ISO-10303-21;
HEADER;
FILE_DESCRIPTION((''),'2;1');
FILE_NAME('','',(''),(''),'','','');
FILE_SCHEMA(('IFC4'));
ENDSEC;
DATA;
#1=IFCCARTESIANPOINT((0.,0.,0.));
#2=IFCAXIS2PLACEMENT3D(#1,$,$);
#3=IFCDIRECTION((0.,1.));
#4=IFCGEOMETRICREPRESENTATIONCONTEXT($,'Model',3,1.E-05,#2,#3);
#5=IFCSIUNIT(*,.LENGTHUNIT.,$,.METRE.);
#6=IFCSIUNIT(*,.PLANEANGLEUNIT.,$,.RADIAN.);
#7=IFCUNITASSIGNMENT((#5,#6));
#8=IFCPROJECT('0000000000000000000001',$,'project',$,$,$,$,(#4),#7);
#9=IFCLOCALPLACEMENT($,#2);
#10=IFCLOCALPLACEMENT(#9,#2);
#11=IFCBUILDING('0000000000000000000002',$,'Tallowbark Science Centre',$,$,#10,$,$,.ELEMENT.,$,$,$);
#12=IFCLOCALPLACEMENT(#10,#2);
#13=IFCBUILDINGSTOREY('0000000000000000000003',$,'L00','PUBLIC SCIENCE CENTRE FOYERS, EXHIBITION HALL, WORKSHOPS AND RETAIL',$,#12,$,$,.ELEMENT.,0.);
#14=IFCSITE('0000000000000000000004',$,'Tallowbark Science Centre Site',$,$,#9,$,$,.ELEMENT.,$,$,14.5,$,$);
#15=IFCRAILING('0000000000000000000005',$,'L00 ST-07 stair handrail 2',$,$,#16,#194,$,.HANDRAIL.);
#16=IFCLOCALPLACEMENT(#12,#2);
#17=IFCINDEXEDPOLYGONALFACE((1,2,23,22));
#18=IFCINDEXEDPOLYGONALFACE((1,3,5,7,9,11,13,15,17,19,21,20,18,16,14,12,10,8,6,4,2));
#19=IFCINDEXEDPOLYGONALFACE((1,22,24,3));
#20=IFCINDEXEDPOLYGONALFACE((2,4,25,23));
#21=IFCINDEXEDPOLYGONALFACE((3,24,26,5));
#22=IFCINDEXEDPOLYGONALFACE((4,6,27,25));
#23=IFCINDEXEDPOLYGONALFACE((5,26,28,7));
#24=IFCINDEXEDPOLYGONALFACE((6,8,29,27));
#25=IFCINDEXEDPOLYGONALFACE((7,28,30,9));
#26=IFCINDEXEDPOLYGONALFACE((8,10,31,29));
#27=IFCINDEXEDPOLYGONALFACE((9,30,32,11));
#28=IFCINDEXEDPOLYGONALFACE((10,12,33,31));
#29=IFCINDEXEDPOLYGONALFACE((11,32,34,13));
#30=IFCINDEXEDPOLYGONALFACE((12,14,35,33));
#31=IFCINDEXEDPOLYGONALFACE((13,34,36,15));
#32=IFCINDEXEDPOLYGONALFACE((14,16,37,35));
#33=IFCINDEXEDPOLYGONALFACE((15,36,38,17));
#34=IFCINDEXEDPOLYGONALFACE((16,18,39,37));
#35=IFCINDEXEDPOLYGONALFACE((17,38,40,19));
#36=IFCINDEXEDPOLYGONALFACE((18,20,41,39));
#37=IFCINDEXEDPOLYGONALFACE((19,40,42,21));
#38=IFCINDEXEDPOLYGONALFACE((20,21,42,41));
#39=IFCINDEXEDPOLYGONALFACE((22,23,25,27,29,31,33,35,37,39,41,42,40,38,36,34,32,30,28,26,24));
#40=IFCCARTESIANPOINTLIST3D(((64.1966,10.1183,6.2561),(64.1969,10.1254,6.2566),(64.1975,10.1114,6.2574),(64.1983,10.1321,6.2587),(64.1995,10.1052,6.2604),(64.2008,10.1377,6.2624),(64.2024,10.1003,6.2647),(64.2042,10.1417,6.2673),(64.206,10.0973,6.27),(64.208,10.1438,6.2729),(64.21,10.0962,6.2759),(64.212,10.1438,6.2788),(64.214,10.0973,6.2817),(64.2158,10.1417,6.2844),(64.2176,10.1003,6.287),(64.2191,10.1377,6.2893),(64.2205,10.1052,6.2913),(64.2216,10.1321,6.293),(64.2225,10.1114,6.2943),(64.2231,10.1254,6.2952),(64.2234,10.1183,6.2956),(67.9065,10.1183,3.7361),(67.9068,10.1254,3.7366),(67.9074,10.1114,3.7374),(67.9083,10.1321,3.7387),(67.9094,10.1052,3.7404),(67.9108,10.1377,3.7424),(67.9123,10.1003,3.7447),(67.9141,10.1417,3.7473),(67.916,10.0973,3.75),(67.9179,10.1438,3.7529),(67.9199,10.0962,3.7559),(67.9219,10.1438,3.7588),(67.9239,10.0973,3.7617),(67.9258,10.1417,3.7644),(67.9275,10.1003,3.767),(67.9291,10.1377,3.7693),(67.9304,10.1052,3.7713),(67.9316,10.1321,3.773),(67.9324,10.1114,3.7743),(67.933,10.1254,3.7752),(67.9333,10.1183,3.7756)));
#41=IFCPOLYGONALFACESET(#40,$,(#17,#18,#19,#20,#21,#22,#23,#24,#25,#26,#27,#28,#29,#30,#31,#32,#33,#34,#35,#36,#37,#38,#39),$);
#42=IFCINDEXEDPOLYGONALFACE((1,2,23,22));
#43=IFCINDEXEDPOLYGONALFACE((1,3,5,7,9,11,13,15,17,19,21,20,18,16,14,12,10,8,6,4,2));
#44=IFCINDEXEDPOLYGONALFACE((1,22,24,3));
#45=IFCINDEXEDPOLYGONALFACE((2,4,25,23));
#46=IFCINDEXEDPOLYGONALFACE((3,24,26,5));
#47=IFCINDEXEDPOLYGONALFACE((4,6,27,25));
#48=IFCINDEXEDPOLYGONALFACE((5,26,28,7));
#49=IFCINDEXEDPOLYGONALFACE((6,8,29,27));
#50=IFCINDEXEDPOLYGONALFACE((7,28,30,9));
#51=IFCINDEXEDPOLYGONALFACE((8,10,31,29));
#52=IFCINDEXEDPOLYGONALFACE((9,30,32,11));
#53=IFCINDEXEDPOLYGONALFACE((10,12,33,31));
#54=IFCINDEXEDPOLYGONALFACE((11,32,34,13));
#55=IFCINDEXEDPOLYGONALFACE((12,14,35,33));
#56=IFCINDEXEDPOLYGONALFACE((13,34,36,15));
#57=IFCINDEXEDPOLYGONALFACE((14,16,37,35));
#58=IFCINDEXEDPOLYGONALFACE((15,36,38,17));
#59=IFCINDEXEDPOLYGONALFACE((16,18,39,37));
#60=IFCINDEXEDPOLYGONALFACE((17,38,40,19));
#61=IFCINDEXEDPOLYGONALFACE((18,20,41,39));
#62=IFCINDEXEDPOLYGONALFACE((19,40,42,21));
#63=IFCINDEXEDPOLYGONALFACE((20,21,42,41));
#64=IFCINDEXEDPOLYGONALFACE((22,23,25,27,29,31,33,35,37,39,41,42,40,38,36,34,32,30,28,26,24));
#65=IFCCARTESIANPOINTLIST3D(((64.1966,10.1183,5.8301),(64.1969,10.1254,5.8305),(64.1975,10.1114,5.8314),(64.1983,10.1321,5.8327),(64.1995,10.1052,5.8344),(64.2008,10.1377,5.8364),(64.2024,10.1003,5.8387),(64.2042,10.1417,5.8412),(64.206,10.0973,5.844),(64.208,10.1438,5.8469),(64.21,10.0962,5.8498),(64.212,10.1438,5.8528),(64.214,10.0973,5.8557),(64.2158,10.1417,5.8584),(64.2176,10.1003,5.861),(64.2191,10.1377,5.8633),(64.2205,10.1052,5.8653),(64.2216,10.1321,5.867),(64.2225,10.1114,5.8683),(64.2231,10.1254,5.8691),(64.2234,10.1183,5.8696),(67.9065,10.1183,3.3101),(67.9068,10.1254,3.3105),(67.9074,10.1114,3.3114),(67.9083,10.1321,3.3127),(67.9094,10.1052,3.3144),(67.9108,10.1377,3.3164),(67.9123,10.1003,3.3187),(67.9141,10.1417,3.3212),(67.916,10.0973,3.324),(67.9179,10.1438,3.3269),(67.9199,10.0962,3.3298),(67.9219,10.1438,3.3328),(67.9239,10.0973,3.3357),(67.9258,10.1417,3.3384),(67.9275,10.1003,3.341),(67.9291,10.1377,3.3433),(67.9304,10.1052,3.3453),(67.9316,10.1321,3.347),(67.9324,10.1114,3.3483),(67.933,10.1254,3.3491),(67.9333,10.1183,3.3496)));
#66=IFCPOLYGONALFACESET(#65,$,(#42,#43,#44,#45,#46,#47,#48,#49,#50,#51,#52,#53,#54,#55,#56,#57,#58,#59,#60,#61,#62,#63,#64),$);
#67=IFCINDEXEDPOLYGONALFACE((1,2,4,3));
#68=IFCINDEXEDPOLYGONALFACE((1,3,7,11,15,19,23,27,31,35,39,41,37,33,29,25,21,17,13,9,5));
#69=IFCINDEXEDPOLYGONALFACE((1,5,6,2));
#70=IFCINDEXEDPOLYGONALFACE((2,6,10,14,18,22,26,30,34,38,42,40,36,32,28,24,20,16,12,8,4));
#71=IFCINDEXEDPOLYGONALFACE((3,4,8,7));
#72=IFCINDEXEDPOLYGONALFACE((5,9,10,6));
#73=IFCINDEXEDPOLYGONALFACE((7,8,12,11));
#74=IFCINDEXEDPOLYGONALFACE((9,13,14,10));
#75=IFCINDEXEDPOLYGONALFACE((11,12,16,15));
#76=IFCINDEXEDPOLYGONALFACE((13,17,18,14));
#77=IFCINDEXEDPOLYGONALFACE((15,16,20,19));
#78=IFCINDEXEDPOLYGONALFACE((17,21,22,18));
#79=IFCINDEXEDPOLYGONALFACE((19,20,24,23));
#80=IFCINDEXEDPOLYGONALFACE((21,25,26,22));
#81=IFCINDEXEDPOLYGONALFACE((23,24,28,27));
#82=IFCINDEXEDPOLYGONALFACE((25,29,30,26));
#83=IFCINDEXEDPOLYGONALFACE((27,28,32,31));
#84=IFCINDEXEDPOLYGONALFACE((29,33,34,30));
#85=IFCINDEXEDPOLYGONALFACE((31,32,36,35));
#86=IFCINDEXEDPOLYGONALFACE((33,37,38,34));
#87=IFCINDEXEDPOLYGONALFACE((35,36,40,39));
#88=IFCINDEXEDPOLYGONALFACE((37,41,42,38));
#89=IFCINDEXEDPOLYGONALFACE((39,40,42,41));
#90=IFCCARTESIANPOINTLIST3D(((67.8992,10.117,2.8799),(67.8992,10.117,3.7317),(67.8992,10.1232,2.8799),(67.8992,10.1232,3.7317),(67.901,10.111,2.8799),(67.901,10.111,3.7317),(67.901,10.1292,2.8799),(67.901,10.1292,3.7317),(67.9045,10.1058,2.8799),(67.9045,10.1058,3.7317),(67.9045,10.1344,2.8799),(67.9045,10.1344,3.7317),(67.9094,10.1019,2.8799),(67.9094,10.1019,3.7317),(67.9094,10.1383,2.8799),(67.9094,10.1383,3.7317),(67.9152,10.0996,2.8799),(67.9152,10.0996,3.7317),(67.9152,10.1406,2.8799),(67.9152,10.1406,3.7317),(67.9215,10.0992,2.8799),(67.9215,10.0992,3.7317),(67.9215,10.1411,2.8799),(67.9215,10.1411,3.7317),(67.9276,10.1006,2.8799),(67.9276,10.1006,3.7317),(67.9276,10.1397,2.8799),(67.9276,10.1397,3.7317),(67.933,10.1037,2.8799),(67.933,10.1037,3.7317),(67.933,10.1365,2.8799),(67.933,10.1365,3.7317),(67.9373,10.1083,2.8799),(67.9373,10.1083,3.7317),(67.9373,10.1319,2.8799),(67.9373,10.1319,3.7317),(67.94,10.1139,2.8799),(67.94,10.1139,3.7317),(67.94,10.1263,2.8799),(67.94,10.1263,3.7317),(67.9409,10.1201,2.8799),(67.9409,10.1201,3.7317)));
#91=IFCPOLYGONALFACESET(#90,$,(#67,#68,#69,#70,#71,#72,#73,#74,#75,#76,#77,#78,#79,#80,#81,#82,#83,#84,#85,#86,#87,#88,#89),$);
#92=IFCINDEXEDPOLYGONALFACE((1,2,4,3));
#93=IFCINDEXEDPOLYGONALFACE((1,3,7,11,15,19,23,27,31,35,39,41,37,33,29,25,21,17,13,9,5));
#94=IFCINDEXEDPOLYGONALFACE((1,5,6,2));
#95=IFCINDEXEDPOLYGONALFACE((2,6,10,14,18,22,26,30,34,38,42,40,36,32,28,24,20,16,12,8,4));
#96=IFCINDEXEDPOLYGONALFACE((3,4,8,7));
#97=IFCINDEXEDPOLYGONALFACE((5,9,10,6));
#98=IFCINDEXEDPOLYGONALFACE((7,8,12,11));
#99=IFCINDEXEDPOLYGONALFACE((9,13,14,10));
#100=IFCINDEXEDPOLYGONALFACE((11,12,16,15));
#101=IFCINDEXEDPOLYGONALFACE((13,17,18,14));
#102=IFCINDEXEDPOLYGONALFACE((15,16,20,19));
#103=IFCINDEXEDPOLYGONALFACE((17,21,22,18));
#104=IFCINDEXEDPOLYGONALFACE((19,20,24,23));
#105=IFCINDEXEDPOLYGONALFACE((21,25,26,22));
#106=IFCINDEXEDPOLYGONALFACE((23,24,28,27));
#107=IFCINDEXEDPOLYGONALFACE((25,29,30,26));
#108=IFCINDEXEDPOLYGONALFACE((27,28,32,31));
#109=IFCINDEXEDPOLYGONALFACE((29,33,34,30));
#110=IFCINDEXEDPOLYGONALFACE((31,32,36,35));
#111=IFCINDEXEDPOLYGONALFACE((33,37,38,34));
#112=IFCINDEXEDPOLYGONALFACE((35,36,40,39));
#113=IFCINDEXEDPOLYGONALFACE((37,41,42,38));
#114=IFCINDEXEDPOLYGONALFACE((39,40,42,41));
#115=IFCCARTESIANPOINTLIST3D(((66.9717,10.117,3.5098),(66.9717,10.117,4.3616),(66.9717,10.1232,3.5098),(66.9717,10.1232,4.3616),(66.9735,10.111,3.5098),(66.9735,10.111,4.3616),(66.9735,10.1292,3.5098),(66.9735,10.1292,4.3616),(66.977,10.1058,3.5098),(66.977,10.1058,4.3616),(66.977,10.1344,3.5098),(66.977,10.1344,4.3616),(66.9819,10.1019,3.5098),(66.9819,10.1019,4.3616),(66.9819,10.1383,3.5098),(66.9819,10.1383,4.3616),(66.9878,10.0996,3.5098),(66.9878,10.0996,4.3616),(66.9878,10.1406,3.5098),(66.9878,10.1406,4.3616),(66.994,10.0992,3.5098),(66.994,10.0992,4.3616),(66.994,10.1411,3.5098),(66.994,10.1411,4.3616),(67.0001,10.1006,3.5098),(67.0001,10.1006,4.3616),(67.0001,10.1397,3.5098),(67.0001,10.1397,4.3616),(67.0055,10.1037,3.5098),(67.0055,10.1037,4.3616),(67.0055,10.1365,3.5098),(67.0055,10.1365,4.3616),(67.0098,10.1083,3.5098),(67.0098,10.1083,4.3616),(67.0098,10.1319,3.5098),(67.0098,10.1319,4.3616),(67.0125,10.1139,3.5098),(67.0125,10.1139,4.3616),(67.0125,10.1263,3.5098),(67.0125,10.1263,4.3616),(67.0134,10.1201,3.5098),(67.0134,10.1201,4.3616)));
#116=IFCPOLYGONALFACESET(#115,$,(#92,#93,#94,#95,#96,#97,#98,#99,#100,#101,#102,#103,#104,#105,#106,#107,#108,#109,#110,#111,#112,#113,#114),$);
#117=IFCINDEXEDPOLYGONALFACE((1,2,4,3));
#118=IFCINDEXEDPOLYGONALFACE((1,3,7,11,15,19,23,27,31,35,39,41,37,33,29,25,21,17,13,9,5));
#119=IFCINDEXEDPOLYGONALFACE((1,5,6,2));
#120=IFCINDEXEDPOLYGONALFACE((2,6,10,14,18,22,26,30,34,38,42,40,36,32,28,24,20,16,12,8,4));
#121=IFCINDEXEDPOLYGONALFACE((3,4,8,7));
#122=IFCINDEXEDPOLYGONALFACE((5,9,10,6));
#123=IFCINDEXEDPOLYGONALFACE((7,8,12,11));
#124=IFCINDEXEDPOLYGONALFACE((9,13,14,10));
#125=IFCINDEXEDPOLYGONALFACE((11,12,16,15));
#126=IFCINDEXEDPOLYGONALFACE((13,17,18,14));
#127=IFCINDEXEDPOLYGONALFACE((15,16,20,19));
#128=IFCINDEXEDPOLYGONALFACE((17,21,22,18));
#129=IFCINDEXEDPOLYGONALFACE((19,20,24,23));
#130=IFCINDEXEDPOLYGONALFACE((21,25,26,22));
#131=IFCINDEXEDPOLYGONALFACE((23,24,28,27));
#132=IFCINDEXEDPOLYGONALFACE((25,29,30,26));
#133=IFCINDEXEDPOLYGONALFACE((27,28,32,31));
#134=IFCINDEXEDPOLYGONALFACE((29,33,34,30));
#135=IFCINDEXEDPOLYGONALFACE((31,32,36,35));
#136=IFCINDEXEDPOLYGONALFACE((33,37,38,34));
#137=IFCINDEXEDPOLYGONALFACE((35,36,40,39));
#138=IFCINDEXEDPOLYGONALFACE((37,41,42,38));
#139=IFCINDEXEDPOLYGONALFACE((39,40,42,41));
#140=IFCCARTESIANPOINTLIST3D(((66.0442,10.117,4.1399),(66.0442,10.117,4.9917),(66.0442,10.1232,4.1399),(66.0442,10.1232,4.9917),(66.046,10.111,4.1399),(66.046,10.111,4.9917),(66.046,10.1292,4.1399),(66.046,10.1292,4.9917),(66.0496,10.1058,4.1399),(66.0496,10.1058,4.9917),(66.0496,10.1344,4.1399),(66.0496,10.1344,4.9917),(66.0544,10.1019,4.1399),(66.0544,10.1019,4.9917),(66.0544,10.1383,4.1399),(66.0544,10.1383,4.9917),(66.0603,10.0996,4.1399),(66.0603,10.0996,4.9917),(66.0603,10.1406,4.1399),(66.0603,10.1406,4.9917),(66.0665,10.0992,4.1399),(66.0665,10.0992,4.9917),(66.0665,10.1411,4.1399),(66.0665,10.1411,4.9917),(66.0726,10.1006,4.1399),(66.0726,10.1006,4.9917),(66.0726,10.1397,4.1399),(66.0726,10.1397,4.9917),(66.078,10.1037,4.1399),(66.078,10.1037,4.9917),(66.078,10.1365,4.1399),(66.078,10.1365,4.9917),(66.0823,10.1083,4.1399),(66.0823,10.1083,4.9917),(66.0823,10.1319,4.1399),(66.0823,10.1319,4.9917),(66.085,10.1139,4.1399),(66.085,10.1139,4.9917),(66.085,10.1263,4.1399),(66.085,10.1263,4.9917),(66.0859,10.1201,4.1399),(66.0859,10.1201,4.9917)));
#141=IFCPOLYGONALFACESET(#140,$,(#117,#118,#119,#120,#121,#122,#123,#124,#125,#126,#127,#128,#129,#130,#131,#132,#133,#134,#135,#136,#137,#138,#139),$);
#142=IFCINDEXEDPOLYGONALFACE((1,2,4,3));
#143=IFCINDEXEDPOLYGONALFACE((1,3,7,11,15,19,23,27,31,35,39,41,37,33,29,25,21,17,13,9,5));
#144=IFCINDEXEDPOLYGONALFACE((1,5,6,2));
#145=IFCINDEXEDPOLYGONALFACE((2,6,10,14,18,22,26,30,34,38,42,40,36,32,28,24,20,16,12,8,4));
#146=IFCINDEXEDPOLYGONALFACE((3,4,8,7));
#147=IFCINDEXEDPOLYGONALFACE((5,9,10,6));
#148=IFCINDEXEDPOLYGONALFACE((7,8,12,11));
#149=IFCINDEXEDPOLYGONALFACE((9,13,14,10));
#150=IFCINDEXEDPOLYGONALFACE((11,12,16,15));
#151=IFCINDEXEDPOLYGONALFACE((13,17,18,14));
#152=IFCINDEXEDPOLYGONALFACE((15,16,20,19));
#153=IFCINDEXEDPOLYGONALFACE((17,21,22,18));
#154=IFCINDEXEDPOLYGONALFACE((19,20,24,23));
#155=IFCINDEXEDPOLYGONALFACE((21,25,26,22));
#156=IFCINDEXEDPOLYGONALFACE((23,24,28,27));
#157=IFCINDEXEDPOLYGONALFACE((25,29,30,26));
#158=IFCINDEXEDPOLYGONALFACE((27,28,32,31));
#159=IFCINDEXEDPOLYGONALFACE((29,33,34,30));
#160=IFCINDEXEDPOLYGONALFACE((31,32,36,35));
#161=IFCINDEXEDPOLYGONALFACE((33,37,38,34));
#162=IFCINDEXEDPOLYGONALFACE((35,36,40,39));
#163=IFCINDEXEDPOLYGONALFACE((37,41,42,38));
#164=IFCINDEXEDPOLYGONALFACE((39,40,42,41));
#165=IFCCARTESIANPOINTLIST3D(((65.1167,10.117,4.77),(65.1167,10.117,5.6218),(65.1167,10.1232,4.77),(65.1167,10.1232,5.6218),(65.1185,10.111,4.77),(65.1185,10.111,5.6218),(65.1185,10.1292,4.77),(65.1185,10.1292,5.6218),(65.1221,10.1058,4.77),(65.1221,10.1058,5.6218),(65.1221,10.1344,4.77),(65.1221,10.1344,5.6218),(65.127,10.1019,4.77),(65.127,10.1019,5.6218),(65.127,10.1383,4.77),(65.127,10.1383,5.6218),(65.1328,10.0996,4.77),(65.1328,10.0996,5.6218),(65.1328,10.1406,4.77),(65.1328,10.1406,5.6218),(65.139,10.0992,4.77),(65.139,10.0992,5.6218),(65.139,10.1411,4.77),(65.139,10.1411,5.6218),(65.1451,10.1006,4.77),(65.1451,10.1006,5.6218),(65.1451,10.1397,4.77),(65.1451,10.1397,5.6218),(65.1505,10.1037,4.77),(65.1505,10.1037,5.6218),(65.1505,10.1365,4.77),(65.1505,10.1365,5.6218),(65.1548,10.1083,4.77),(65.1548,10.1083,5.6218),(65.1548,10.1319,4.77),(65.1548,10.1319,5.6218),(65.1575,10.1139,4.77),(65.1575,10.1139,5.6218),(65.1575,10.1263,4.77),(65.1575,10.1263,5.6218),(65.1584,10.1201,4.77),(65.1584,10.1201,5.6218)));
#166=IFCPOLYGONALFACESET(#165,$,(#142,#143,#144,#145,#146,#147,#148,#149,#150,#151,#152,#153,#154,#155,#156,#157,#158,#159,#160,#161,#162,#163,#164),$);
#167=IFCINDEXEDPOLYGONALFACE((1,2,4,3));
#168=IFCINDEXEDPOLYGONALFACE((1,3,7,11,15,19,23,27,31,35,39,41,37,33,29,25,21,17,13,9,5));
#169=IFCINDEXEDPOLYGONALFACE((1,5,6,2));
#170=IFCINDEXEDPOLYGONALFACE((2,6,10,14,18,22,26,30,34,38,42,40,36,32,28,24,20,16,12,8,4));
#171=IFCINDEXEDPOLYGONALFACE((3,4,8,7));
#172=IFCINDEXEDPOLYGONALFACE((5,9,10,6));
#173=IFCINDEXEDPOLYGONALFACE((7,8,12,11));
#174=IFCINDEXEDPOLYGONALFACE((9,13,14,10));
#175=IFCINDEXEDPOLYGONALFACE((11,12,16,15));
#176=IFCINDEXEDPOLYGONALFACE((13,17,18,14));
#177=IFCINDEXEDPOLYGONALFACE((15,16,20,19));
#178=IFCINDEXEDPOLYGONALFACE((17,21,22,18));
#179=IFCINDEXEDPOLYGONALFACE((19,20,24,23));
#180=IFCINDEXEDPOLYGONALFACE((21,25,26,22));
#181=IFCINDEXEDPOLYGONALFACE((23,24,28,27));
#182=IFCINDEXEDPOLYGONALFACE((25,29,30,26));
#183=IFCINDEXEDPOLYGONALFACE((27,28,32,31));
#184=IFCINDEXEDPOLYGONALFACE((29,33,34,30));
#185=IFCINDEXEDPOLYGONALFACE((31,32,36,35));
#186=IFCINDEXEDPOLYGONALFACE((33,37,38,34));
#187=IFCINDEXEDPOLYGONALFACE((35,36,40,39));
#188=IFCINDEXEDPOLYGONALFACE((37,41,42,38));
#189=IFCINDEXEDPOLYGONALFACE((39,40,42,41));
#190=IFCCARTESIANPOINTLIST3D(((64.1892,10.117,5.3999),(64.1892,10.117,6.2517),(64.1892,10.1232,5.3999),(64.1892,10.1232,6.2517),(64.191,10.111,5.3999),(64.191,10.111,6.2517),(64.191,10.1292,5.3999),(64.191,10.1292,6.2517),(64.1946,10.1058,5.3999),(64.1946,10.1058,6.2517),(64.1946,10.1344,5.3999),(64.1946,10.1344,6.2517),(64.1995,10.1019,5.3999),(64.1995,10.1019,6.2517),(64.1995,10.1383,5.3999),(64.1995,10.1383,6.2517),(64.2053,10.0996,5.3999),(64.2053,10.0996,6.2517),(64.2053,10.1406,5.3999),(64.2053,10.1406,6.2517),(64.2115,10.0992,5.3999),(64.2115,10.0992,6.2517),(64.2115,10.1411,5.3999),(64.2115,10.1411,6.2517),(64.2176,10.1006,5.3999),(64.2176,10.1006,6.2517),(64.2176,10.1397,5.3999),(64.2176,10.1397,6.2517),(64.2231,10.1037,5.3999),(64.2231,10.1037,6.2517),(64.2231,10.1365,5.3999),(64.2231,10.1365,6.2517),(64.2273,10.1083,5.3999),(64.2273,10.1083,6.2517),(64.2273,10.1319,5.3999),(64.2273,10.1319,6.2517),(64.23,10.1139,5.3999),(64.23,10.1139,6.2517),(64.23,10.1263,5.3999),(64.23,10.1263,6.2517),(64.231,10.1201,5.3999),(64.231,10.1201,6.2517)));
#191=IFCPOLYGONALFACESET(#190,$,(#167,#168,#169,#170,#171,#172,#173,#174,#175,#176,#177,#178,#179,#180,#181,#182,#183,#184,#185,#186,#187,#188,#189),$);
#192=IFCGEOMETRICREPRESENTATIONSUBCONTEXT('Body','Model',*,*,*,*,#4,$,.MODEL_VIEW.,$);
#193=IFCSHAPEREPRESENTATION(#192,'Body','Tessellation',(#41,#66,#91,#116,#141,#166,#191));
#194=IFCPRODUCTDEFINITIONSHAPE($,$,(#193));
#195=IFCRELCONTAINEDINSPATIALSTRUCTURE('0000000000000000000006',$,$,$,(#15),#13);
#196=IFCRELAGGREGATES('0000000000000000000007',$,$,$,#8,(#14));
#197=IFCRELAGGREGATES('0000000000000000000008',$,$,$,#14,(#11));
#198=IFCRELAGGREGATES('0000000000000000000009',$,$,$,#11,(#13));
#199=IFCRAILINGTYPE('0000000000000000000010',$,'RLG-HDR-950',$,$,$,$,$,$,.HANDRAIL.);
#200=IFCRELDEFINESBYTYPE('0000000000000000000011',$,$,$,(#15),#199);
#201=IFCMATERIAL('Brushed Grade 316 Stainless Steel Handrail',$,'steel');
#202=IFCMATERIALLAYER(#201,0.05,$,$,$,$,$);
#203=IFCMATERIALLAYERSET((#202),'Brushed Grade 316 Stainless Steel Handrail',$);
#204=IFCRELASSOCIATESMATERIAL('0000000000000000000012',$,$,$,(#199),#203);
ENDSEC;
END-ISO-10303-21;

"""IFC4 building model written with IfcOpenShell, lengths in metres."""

from ifc_helpers import new_model, si_unit, direction, frame, origin, origin_2d, place, context, subcontext, project, spatial, circle, extrude, material, layer, layer_set, type_object, element, save


model = new_model("IFC4")

# Units and contexts
model_context = context("Model", 3, precision=1e-05, world=origin(), true_north=direction((0.0, 1.0)))
body_context = subcontext(model_context, "Body", "Model", "MODEL_VIEW")
ifc_project = project(units=[si_unit("LENGTHUNIT", "METRE"), si_unit("PLANEANGLEUNIT", "RADIAN")], contexts=[model_context])

# Site, building, storey
site_placement = place(None, origin())
site = spatial("IfcSite", under=ifc_project, at=site_placement, Name="Tallowbark Science Centre Site", CompositionType="ELEMENT", RefElevation=14.5)
building_placement = place(site_placement, origin())
building = spatial("IfcBuilding", under=site, at=building_placement, Name="Tallowbark Science Centre", CompositionType="ELEMENT")
storey_placement = place(building_placement, origin())
storey = spatial("IfcBuildingStorey", under=building, at=storey_placement, Name="L00", Description="PUBLIC SCIENCE CENTRE FOYERS, EXHIBITION HALL, WORKSHOPS AND RETAIL", CompositionType="ELEMENT", Elevation=0.0)

# Railing
ifc_material_1 = material(Name="Brushed Grade 316 Stainless Steel Handrail", Category="steel")
ifc_layer_1 = layer(ifc_material_1, 0.05)
ifc_layer_set_1 = layer_set([ifc_layer_1], Name="Brushed Grade 316 Stainless Steel Handrail")
railing_type_1 = type_object("IfcRailingType", Name="RLG-HDR-950", PredefinedType="HANDRAIL", material=ifc_layer_set_1)
railing_1_placement = place(storey_placement, frame((67.9199, 10.1201, 2.8799)))
element("IfcRailing", 1, at=railing_1_placement, inside=storey, type_object=railing_type_1, Name="L00 ST-07 stair handrail 2", PredefinedType="HANDRAIL", context=body_context, shape_type="SweptSolid", body=[
    extrude(circle(Radius=0.0239, at=origin_2d()), frame((0.0, 0.0, 0.876), z_axis=(-0.827212, 0.0, 0.56189), x_axis=(0.0, -1.0, 0.0)), (0.0, 0.0, 1.0), 4.4849),
    extrude(circle(Radius=0.0239, at=origin_2d()), frame((0.0, 0.0, 0.45), z_axis=(-0.827212, 0.0, 0.56189), x_axis=(0.0, -1.0, 0.0)), (0.0, 0.0, 1.0), 4.4849),
    extrude(circle(Radius=0.021, at=origin_2d()), origin(), (0.0, 0.0, 1.0), 0.8518),
    extrude(circle(Radius=0.021, at=origin_2d()), frame((-0.9275, 0.0, 0.6299)), (0.0, 0.0, 1.0), 0.8518),
    extrude(circle(Radius=0.021, at=origin_2d()), frame((-1.855, 0.0, 1.26)), (0.0, 0.0, 1.0), 0.8518),
    extrude(circle(Radius=0.021, at=origin_2d()), frame((-2.7825, 0.0, 1.8901)), (0.0, 0.0, 1.0), 0.8518),
    extrude(circle(Radius=0.021, at=origin_2d()), frame((-3.71, 0.0, 2.52)), (0.0, 0.0, 1.0), 0.8518),
])

save(model, "model.ifc")
